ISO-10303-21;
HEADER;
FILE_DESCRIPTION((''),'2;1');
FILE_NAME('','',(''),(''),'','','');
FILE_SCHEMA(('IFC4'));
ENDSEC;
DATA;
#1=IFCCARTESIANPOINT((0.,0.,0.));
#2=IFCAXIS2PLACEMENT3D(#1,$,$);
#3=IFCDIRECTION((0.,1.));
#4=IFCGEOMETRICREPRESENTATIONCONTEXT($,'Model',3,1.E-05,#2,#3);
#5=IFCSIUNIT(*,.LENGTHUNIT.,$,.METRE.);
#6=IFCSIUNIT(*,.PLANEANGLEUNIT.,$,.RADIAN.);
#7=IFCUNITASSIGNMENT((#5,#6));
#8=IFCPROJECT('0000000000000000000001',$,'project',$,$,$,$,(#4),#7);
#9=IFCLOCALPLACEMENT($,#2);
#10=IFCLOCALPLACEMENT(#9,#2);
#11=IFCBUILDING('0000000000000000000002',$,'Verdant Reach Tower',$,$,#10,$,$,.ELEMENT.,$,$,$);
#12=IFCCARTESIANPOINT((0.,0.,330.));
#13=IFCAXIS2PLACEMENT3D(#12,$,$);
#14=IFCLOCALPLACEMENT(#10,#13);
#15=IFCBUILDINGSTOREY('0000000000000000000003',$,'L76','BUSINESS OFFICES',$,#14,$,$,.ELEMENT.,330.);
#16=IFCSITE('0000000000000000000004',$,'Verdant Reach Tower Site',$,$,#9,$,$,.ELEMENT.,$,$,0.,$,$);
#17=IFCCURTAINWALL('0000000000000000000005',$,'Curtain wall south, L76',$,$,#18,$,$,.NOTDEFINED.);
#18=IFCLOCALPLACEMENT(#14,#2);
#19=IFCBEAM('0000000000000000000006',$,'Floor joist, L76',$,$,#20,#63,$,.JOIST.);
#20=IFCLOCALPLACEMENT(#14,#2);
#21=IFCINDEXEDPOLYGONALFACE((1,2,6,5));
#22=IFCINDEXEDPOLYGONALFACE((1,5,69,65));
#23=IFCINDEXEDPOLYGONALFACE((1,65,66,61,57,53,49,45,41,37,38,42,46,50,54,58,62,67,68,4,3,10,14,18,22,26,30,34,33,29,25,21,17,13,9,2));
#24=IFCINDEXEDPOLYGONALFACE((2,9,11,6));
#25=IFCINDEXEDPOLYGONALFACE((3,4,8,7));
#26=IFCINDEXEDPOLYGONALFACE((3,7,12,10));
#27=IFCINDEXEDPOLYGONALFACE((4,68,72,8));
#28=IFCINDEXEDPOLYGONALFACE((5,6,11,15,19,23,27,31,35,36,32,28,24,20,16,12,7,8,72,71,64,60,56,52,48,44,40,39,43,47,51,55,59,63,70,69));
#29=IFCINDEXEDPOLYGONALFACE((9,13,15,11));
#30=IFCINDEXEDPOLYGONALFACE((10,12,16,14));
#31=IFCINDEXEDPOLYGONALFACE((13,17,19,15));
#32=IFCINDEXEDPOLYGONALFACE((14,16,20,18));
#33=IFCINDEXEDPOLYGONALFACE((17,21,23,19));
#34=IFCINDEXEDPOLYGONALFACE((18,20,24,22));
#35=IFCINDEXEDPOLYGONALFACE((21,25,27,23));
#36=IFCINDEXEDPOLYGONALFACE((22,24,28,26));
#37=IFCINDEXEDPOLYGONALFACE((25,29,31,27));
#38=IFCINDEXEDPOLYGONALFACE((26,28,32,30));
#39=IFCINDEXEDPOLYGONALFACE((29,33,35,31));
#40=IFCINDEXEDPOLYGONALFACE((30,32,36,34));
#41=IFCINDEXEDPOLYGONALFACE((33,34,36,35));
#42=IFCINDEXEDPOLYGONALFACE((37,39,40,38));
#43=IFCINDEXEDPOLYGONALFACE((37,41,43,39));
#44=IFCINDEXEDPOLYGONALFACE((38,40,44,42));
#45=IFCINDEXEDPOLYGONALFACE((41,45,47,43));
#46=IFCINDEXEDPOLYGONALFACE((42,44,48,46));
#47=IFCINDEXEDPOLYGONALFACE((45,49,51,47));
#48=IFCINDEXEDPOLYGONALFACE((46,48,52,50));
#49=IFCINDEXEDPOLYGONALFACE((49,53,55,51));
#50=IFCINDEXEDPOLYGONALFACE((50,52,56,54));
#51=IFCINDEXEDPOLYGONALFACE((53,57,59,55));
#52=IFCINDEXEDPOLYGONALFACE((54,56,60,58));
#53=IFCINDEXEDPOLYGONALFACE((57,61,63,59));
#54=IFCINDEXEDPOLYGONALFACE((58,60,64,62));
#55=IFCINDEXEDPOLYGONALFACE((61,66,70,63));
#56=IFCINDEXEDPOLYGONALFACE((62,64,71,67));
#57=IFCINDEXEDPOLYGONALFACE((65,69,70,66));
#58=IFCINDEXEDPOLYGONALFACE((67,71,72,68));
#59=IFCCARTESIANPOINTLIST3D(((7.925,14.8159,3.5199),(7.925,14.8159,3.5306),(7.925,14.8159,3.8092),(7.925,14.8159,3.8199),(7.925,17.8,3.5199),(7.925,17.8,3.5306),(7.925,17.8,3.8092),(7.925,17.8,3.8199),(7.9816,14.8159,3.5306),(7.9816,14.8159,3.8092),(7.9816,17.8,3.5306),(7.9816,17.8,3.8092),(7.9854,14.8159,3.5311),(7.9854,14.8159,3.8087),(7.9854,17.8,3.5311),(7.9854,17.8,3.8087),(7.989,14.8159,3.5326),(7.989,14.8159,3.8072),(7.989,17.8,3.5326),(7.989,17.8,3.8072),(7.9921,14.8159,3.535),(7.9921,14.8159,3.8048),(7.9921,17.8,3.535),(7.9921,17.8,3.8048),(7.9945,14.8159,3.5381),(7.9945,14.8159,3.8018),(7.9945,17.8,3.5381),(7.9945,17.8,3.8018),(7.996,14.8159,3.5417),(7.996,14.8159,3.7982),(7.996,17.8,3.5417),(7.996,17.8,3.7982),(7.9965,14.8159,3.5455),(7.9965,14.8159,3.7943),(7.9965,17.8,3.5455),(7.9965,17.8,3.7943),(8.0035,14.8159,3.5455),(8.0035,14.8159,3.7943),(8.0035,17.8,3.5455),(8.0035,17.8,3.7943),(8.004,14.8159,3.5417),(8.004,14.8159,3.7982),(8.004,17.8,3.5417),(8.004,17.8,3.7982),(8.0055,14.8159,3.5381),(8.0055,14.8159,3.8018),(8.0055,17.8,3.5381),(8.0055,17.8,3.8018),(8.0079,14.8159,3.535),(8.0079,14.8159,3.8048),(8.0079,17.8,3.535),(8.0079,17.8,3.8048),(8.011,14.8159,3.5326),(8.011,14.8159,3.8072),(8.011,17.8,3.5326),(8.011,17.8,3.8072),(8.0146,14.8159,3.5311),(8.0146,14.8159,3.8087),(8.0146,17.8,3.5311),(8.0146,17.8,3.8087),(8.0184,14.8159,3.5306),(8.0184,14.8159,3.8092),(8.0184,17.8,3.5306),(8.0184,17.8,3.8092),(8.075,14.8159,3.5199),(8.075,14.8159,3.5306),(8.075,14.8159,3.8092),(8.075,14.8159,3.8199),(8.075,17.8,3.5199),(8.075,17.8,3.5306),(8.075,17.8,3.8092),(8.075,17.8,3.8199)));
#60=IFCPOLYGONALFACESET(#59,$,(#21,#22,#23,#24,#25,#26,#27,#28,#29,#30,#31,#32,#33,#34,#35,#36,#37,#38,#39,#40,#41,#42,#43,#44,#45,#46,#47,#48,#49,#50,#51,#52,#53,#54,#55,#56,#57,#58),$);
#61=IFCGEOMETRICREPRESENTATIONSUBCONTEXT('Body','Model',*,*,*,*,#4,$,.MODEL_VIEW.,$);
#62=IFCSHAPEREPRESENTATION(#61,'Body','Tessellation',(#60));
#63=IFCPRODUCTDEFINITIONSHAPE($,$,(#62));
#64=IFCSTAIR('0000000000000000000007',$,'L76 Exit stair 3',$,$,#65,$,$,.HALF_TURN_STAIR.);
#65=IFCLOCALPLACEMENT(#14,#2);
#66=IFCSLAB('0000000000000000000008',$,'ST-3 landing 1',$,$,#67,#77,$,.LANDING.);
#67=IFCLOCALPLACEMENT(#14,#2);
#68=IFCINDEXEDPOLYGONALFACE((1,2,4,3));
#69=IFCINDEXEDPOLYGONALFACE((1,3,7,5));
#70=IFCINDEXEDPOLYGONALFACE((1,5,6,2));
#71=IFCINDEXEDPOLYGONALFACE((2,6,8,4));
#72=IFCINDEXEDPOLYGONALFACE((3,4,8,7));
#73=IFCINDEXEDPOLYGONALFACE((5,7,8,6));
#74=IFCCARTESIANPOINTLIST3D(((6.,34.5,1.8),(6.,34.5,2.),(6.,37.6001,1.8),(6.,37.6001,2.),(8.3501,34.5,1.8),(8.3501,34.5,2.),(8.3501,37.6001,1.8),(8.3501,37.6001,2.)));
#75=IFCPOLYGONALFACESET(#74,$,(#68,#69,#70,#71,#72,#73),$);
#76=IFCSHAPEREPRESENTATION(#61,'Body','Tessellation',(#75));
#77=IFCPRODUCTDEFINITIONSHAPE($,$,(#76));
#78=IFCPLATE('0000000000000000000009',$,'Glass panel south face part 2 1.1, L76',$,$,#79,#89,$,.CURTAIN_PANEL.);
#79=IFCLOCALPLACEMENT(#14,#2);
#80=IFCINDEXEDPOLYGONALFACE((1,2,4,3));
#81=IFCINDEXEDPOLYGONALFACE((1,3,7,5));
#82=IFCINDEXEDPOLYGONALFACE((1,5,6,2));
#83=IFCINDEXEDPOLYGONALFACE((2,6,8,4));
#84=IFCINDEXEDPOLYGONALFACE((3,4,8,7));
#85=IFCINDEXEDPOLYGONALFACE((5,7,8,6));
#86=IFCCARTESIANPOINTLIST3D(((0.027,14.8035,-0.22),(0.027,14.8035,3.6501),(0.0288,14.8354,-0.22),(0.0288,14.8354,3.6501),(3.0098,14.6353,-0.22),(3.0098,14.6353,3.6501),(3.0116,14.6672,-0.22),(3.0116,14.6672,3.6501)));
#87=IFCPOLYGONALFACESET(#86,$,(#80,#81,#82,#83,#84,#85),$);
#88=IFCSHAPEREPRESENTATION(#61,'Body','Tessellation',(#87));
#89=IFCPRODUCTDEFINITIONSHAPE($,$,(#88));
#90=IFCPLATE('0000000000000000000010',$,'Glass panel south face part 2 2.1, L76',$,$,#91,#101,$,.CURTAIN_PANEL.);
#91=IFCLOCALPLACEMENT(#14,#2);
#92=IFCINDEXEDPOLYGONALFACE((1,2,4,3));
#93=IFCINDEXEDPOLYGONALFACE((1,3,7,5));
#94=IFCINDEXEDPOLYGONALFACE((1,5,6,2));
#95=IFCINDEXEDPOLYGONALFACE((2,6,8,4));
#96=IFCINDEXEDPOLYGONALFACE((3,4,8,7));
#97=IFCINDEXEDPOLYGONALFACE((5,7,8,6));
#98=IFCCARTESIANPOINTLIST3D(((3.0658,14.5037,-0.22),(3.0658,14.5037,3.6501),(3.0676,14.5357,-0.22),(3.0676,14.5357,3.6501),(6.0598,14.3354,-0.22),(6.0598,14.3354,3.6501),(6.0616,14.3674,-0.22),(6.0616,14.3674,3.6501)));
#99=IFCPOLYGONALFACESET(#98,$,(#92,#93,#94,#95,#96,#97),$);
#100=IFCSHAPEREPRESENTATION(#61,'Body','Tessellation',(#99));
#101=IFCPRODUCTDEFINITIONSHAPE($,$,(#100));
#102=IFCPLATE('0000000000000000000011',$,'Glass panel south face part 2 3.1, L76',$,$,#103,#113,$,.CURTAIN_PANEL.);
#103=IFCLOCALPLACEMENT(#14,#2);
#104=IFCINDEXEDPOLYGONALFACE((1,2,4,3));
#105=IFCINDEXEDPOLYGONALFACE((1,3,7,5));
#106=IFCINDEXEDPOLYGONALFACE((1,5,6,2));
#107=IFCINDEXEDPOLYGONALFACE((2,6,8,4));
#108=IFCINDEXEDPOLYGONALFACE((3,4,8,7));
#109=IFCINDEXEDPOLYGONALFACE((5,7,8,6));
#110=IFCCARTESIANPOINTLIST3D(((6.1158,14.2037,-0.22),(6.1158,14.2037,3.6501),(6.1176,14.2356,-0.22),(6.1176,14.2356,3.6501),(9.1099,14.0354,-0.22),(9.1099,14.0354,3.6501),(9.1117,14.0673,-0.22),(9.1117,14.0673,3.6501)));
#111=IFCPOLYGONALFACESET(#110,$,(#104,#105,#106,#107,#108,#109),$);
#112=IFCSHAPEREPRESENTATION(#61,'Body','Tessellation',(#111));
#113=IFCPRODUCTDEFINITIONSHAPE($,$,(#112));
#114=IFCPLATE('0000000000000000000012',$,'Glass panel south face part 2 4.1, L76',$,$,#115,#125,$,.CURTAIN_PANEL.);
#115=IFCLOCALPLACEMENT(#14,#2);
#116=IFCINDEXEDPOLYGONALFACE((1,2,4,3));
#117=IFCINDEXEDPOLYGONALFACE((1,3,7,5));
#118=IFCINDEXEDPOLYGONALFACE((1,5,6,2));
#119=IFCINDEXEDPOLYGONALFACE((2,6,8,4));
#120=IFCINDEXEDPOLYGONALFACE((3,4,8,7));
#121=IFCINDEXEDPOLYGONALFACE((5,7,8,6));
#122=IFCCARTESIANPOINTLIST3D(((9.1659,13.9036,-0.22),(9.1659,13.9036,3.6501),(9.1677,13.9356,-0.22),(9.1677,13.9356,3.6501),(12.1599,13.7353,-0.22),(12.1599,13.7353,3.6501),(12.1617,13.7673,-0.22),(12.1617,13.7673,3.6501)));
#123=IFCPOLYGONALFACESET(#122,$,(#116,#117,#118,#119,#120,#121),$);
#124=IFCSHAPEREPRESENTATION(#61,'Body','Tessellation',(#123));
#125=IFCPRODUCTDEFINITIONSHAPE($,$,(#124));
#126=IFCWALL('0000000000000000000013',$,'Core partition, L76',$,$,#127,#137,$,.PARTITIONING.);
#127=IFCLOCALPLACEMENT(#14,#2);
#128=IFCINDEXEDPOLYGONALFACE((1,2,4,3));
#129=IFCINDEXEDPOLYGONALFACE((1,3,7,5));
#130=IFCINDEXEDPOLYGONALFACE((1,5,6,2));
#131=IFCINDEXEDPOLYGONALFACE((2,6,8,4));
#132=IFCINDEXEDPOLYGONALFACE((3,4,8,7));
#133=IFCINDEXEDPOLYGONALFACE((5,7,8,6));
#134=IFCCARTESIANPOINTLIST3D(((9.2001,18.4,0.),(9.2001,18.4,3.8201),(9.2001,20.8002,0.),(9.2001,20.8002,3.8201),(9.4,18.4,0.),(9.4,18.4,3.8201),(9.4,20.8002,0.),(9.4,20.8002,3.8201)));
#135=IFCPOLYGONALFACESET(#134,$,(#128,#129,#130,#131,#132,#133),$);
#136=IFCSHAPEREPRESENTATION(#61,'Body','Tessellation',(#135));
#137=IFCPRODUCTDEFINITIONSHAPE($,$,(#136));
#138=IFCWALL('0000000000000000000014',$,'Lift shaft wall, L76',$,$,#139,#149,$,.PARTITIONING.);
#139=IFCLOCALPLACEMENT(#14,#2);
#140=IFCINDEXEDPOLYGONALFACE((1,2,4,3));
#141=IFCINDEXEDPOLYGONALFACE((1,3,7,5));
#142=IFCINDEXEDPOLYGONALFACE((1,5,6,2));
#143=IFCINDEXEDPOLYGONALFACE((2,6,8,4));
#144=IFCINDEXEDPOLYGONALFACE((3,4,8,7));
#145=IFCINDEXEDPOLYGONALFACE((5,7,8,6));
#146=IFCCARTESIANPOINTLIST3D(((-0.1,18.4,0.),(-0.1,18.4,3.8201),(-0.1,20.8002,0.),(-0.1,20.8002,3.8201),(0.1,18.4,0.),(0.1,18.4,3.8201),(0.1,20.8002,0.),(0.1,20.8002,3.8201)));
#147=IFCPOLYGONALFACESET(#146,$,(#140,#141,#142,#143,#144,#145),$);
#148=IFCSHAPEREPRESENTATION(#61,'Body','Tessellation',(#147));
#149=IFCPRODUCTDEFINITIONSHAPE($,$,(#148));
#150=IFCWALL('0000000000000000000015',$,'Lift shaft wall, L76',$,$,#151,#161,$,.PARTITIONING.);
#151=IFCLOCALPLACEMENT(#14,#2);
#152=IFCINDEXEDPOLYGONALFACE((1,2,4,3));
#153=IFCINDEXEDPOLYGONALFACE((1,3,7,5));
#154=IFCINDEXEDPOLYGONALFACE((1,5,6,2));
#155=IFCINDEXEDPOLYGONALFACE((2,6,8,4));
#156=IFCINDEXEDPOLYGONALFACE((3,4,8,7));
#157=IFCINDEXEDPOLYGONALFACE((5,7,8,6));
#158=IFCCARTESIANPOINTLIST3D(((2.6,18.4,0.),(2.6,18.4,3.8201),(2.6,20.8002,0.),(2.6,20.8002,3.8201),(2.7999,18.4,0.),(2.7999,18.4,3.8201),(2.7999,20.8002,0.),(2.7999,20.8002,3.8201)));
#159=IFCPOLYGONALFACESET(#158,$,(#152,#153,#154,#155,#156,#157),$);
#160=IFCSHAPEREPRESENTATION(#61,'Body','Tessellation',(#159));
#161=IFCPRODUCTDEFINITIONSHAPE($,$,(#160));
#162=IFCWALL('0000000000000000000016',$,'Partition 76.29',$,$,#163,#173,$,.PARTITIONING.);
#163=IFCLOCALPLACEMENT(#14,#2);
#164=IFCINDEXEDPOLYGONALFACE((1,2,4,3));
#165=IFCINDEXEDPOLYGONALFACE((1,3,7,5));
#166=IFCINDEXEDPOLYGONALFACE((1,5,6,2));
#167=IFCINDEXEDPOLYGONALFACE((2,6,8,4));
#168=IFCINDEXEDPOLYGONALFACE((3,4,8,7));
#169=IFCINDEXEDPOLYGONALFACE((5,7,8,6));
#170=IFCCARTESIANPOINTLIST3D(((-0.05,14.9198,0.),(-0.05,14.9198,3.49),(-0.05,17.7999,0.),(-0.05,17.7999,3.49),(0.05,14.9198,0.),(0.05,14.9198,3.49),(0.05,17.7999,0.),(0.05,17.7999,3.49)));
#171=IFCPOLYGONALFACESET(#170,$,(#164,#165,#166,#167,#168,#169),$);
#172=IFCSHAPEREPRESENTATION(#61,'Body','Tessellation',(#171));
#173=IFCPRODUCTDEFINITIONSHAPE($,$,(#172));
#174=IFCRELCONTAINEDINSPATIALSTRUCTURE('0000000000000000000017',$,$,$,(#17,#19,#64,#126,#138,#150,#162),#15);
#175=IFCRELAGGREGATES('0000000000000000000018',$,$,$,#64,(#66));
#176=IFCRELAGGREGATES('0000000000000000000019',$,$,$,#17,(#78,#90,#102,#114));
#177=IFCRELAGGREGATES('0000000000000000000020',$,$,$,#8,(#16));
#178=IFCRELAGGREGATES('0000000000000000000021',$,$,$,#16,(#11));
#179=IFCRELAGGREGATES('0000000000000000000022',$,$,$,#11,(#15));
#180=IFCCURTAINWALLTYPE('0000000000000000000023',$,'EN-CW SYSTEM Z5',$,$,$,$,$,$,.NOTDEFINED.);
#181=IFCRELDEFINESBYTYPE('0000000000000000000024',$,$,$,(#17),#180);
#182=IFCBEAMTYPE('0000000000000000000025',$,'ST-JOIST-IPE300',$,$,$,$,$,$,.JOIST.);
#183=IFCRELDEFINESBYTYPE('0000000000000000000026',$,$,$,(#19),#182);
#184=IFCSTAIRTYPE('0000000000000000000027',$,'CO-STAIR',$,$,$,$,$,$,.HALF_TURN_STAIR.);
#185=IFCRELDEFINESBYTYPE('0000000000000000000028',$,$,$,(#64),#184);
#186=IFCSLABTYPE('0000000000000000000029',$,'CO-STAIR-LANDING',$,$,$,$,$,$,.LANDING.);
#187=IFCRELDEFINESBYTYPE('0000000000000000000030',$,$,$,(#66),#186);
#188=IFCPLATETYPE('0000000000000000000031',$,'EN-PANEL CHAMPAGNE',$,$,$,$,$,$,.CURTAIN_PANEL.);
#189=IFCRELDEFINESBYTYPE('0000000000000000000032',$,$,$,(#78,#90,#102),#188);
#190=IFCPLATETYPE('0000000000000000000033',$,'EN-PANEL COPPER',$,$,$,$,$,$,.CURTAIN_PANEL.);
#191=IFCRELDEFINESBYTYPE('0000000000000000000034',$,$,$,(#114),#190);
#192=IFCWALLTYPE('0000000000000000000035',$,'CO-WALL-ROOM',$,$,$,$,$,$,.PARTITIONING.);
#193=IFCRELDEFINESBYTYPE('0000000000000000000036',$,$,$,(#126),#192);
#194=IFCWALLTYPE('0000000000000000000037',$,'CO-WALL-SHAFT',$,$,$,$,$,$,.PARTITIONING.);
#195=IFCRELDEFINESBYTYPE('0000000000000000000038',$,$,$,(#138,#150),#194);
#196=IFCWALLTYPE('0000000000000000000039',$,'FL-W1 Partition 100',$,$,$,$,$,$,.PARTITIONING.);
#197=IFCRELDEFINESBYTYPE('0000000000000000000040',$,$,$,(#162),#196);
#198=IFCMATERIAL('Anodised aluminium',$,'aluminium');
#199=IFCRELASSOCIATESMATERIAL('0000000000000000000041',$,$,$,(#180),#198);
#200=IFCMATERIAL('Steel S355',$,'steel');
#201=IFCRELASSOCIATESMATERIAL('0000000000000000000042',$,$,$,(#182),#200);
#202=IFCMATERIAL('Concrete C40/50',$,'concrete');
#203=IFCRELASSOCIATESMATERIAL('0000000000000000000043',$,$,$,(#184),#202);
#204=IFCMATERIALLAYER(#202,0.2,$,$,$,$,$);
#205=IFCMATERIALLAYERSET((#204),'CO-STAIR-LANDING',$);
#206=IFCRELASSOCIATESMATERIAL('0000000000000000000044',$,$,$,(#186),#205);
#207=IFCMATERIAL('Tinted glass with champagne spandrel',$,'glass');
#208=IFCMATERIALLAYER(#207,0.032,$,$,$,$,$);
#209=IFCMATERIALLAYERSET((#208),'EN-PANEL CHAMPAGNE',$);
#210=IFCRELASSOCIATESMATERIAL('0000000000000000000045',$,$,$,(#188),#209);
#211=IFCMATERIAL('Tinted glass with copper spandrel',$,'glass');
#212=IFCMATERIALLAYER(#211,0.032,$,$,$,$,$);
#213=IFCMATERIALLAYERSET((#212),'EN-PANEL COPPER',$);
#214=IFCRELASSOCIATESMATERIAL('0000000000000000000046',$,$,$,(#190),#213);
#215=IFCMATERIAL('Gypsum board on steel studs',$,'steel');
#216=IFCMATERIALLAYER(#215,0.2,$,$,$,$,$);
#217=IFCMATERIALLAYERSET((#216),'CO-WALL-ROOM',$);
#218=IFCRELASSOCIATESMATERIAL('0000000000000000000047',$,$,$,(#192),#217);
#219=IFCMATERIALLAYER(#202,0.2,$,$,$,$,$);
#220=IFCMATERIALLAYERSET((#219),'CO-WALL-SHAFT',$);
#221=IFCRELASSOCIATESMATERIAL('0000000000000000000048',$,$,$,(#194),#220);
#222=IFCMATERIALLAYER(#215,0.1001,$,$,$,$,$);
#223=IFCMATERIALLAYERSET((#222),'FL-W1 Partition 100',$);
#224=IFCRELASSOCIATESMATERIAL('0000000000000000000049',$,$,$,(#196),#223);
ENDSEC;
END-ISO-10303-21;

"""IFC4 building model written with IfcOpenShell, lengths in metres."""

from ifc_helpers import new_model, si_unit, direction, frame, frame_2d, origin, origin_2d, place, context, subcontext, project, spatial, polyline, rectangle, i_section, outline, extrude, material, layer, layer_set, material_profile, profile_set, type_object, element, aggregate, save


model = new_model("IFC4")

# Units and contexts
model_context = context("Model", 3, precision=1e-05, world=origin(), true_north=direction((0.0, 1.0)))
body_context = subcontext(model_context, "Body", "Model", "MODEL_VIEW")
ifc_project = project(units=[si_unit("LENGTHUNIT", "METRE"), si_unit("PLANEANGLEUNIT", "RADIAN")], contexts=[model_context])

# Site, building, storey
site_placement = place(None, origin())
site = spatial("IfcSite", under=ifc_project, at=site_placement, Name="Verdant Reach Tower Site", CompositionType="ELEMENT", RefElevation=0.0)
building_placement = place(site_placement, origin())
building = spatial("IfcBuilding", under=site, at=building_placement, Name="Verdant Reach Tower", CompositionType="ELEMENT")
storey_placement = place(building_placement, frame((0.0, 0.0, 330.0)))
storey = spatial("IfcBuildingStorey", under=building, at=storey_placement, Name="L76", Description="BUSINESS OFFICES", CompositionType="ELEMENT", Elevation=330.0)

# Curtain wall
ifc_material_1 = material(Name="Anodised aluminium", Category="aluminium")
curtain_wall_type = type_object("IfcCurtainWallType", Name="EN-CW SYSTEM Z5", PredefinedType="NOTDEFINED", material=ifc_material_1)
curtain_wall_placement = place(storey_placement, origin())
curtain_wall = element("IfcCurtainWall", 1, at=curtain_wall_placement, inside=storey, type_object=curtain_wall_type, Name="Curtain wall south, L76", PredefinedType="NOTDEFINED")

# Beam
ifc_material_2 = material(Name="Steel S355", Category="steel")
ifc_material_profile_1 = material_profile(ifc_material_2, i_section(OverallWidth=0.1499, OverallDepth=0.3, WebThickness=0.0071, FlangeThickness=0.0107, FilletRadius=0.0149, at=origin_2d()), Name="IPE 300")
ifc_profile_set_1 = profile_set([ifc_material_profile_1], Name="Steel S355")
beam_type = type_object("IfcBeamType", Name="ST-JOIST-IPE300", PredefinedType="JOIST", material=ifc_profile_set_1)
beam_1_placement = place(storey_placement, frame((8.0, 17.8, 3.6699), z_axis=(0.0, -1.0, 0.0), x_axis=(1.0, 0.0, 0.0)))
element("IfcBeam", 2, at=beam_1_placement, inside=storey, type_object=beam_type, Name="Floor joist, L76", PredefinedType="JOIST", context=body_context, shape_type="SweptSolid", body=[
    extrude(i_section(OverallWidth=0.1499, OverallDepth=0.3, WebThickness=0.0071, FlangeThickness=0.0107, FilletRadius=0.0149, at=origin_2d()), origin(), (0.0, 0.0, 1.0), 2.9841),
])

# Stair, slab
ifc_material_3 = material(Name="Concrete C40/50", Category="concrete")
stair_type = type_object("IfcStairType", Name="CO-STAIR", PredefinedType="HALF_TURN_STAIR", material=ifc_material_3)
stair_placement = place(storey_placement, origin())
stair = element("IfcStair", 3, at=stair_placement, inside=storey, type_object=stair_type, Name="L76 Exit stair 3", PredefinedType="HALF_TURN_STAIR")
ifc_layer_1 = layer(ifc_material_3, 0.2)
ifc_layer_set_1 = layer_set([ifc_layer_1], Name="CO-STAIR-LANDING")
slab_type = type_object("IfcSlabType", Name="CO-STAIR-LANDING", PredefinedType="LANDING", material=ifc_layer_set_1)
slab_placement = place(storey_placement, frame((0.0, 0.0, 1.8)))
slab = element("IfcSlab", 4, at=slab_placement, type_object=slab_type, Name="ST-3 landing 1", PredefinedType="LANDING", context=body_context, shape_type="SweptSolid", body=[
    extrude(outline(polyline([(8.3501, 37.6001), (6.0, 37.6001), (6.0, 34.5), (8.3501, 34.5), (8.3501, 37.6001)])), origin(), (0.0, 0.0, 1.0), 0.2),
])
aggregate(stair, [slab])

# Plates
ifc_material_4 = material(Name="Tinted glass with champagne spandrel", Category="glass")
ifc_layer_2 = layer(ifc_material_4, 0.032)
ifc_layer_set_2 = layer_set([ifc_layer_2], Name="EN-PANEL CHAMPAGNE")
plate_type_1 = type_object("IfcPlateType", Name="EN-PANEL CHAMPAGNE", PredefinedType="CURTAIN_PANEL", material=ifc_layer_set_2)
plate_1_placement = place(storey_placement, frame((1.5193, 14.7354, -0.22), z_axis=(0.0, 0.0, 1.0), x_axis=(0.998413, -0.056308, 0.0)))
plate_1 = element("IfcPlate", 5, at=plate_1_placement, type_object=plate_type_1, Name="Glass panel south face part 2 1.1, L76", PredefinedType="CURTAIN_PANEL", context=body_context, shape_type="SweptSolid", body=[
    extrude(rectangle(XDim=2.9875, YDim=0.032, at=origin_2d()), origin(), (0.0, 0.0, 1.0), 3.8701),
])
plate_2_placement = place(storey_placement, frame((4.5637, 14.4355, -0.22), z_axis=(0.0, 0.0, 1.0), x_axis=(0.998424, -0.056128, 0.0)))
plate_2 = element("IfcPlate", 6, at=plate_2_placement, type_object=plate_type_1, Name="Glass panel south face part 2 2.1, L76", PredefinedType="CURTAIN_PANEL", context=body_context, shape_type="SweptSolid", body=[
    extrude(rectangle(XDim=2.9988, YDim=0.032, at=origin_2d()), origin(), (0.0, 0.0, 1.0), 3.8701),
])
plate_3_placement = place(storey_placement, frame((7.6138, 14.1355, -0.22), z_axis=(0.0, 0.0, 1.0), x_axis=(0.998424, -0.056128, 0.0)))
plate_3 = element("IfcPlate", 7, at=plate_3_placement, type_object=plate_type_1, Name="Glass panel south face part 2 3.1, L76", PredefinedType="CURTAIN_PANEL", context=body_context, shape_type="SweptSolid", body=[
    extrude(rectangle(XDim=2.9988, YDim=0.032, at=origin_2d()), origin(), (0.0, 0.0, 1.0), 3.8701),
])
ifc_material_5 = material(Name="Tinted glass with copper spandrel", Category="glass")
ifc_layer_3 = layer(ifc_material_5, 0.032)
ifc_layer_set_3 = layer_set([ifc_layer_3], Name="EN-PANEL COPPER")
plate_type_2 = type_object("IfcPlateType", Name="EN-PANEL COPPER", PredefinedType="CURTAIN_PANEL", material=ifc_layer_set_3)
plate_4_placement = place(storey_placement, frame((10.6638, 13.8354, -0.22), z_axis=(0.0, 0.0, 1.0), x_axis=(0.998424, -0.056128, 0.0)))
plate_4 = element("IfcPlate", 8, at=plate_4_placement, type_object=plate_type_2, Name="Glass panel south face part 2 4.1, L76", PredefinedType="CURTAIN_PANEL", context=body_context, shape_type="SweptSolid", body=[
    extrude(rectangle(XDim=2.9988, YDim=0.032, at=origin_2d()), origin(), (0.0, 0.0, 1.0), 3.8701),
])
aggregate(curtain_wall, [plate_1, plate_2, plate_3, plate_4])

# Walls
ifc_material_6 = material(Name="Gypsum board on steel studs", Category="steel")
ifc_layer_4 = layer(ifc_material_6, 0.2)
ifc_layer_set_4 = layer_set([ifc_layer_4], Name="CO-WALL-ROOM")
wall_type_1 = type_object("IfcWallType", Name="CO-WALL-ROOM", PredefinedType="PARTITIONING", material=ifc_layer_set_4)
wall_1_placement = place(storey_placement, frame((9.3, 18.3999, 0.0), z_axis=(0.0, 0.0, 1.0), x_axis=(0.0, 1.0, 0.0)))
element("IfcWall", 9, at=wall_1_placement, inside=storey, type_object=wall_type_1, Name="Core partition, L76", PredefinedType="PARTITIONING", context=body_context, shape_type="SweptSolid", body=[
    extrude(rectangle(XDim=2.4001, YDim=0.2, at=frame_2d((1.2002, 0.0))), origin(), (0.0, 0.0, 1.0), 3.8201),
])
ifc_layer_5 = layer(ifc_material_3, 0.2)
ifc_layer_set_5 = layer_set([ifc_layer_5], Name="CO-WALL-SHAFT")
wall_type_2 = type_object("IfcWallType", Name="CO-WALL-SHAFT", PredefinedType="PARTITIONING", material=ifc_layer_set_5)
for number, where, z_axis, x_axis, name in (
    (10, (0.0, 18.3999, 0.0), (0.0, 0.0, 1.0), (0.0, 1.0, 0.0), "Lift shaft wall, L76"),
    (11, (2.7, 18.3999, 0.0), (0.0, 0.0, 1.0), (0.0, 1.0, 0.0), "Lift shaft wall, L76"),
):
    element("IfcWall", number, at=place(storey_placement, frame(where, z_axis=z_axis, x_axis=x_axis)), inside=storey, type_object=wall_type_2, Name=name, PredefinedType="PARTITIONING", context=body_context, shape_type="SweptSolid", body=[
        extrude(rectangle(XDim=2.4001, YDim=0.2, at=frame_2d((1.2002, 0.0))), origin(), (0.0, 0.0, 1.0), 3.8201),
    ])
ifc_layer_6 = layer(ifc_material_6, 0.1001)
ifc_layer_set_6 = layer_set([ifc_layer_6], Name="FL-W1 Partition 100")
wall_type_3 = type_object("IfcWallType", Name="FL-W1 Partition 100", PredefinedType="PARTITIONING", material=ifc_layer_set_6)
wall_2_placement = place(storey_placement, frame((0.0, 14.9199, 0.0), z_axis=(0.0, 0.0, 1.0), x_axis=(0.0, 1.0, 0.0)))
element("IfcWall", 12, at=wall_2_placement, inside=storey, type_object=wall_type_3, Name="Partition 76.29", PredefinedType="PARTITIONING", context=body_context, shape_type="SweptSolid", body=[
    extrude(rectangle(XDim=2.8801, YDim=0.1001, at=frame_2d((1.4399, 0.0))), origin(), (0.0, 0.0, 1.0), 3.49),
])

save(model, "model.ifc")
